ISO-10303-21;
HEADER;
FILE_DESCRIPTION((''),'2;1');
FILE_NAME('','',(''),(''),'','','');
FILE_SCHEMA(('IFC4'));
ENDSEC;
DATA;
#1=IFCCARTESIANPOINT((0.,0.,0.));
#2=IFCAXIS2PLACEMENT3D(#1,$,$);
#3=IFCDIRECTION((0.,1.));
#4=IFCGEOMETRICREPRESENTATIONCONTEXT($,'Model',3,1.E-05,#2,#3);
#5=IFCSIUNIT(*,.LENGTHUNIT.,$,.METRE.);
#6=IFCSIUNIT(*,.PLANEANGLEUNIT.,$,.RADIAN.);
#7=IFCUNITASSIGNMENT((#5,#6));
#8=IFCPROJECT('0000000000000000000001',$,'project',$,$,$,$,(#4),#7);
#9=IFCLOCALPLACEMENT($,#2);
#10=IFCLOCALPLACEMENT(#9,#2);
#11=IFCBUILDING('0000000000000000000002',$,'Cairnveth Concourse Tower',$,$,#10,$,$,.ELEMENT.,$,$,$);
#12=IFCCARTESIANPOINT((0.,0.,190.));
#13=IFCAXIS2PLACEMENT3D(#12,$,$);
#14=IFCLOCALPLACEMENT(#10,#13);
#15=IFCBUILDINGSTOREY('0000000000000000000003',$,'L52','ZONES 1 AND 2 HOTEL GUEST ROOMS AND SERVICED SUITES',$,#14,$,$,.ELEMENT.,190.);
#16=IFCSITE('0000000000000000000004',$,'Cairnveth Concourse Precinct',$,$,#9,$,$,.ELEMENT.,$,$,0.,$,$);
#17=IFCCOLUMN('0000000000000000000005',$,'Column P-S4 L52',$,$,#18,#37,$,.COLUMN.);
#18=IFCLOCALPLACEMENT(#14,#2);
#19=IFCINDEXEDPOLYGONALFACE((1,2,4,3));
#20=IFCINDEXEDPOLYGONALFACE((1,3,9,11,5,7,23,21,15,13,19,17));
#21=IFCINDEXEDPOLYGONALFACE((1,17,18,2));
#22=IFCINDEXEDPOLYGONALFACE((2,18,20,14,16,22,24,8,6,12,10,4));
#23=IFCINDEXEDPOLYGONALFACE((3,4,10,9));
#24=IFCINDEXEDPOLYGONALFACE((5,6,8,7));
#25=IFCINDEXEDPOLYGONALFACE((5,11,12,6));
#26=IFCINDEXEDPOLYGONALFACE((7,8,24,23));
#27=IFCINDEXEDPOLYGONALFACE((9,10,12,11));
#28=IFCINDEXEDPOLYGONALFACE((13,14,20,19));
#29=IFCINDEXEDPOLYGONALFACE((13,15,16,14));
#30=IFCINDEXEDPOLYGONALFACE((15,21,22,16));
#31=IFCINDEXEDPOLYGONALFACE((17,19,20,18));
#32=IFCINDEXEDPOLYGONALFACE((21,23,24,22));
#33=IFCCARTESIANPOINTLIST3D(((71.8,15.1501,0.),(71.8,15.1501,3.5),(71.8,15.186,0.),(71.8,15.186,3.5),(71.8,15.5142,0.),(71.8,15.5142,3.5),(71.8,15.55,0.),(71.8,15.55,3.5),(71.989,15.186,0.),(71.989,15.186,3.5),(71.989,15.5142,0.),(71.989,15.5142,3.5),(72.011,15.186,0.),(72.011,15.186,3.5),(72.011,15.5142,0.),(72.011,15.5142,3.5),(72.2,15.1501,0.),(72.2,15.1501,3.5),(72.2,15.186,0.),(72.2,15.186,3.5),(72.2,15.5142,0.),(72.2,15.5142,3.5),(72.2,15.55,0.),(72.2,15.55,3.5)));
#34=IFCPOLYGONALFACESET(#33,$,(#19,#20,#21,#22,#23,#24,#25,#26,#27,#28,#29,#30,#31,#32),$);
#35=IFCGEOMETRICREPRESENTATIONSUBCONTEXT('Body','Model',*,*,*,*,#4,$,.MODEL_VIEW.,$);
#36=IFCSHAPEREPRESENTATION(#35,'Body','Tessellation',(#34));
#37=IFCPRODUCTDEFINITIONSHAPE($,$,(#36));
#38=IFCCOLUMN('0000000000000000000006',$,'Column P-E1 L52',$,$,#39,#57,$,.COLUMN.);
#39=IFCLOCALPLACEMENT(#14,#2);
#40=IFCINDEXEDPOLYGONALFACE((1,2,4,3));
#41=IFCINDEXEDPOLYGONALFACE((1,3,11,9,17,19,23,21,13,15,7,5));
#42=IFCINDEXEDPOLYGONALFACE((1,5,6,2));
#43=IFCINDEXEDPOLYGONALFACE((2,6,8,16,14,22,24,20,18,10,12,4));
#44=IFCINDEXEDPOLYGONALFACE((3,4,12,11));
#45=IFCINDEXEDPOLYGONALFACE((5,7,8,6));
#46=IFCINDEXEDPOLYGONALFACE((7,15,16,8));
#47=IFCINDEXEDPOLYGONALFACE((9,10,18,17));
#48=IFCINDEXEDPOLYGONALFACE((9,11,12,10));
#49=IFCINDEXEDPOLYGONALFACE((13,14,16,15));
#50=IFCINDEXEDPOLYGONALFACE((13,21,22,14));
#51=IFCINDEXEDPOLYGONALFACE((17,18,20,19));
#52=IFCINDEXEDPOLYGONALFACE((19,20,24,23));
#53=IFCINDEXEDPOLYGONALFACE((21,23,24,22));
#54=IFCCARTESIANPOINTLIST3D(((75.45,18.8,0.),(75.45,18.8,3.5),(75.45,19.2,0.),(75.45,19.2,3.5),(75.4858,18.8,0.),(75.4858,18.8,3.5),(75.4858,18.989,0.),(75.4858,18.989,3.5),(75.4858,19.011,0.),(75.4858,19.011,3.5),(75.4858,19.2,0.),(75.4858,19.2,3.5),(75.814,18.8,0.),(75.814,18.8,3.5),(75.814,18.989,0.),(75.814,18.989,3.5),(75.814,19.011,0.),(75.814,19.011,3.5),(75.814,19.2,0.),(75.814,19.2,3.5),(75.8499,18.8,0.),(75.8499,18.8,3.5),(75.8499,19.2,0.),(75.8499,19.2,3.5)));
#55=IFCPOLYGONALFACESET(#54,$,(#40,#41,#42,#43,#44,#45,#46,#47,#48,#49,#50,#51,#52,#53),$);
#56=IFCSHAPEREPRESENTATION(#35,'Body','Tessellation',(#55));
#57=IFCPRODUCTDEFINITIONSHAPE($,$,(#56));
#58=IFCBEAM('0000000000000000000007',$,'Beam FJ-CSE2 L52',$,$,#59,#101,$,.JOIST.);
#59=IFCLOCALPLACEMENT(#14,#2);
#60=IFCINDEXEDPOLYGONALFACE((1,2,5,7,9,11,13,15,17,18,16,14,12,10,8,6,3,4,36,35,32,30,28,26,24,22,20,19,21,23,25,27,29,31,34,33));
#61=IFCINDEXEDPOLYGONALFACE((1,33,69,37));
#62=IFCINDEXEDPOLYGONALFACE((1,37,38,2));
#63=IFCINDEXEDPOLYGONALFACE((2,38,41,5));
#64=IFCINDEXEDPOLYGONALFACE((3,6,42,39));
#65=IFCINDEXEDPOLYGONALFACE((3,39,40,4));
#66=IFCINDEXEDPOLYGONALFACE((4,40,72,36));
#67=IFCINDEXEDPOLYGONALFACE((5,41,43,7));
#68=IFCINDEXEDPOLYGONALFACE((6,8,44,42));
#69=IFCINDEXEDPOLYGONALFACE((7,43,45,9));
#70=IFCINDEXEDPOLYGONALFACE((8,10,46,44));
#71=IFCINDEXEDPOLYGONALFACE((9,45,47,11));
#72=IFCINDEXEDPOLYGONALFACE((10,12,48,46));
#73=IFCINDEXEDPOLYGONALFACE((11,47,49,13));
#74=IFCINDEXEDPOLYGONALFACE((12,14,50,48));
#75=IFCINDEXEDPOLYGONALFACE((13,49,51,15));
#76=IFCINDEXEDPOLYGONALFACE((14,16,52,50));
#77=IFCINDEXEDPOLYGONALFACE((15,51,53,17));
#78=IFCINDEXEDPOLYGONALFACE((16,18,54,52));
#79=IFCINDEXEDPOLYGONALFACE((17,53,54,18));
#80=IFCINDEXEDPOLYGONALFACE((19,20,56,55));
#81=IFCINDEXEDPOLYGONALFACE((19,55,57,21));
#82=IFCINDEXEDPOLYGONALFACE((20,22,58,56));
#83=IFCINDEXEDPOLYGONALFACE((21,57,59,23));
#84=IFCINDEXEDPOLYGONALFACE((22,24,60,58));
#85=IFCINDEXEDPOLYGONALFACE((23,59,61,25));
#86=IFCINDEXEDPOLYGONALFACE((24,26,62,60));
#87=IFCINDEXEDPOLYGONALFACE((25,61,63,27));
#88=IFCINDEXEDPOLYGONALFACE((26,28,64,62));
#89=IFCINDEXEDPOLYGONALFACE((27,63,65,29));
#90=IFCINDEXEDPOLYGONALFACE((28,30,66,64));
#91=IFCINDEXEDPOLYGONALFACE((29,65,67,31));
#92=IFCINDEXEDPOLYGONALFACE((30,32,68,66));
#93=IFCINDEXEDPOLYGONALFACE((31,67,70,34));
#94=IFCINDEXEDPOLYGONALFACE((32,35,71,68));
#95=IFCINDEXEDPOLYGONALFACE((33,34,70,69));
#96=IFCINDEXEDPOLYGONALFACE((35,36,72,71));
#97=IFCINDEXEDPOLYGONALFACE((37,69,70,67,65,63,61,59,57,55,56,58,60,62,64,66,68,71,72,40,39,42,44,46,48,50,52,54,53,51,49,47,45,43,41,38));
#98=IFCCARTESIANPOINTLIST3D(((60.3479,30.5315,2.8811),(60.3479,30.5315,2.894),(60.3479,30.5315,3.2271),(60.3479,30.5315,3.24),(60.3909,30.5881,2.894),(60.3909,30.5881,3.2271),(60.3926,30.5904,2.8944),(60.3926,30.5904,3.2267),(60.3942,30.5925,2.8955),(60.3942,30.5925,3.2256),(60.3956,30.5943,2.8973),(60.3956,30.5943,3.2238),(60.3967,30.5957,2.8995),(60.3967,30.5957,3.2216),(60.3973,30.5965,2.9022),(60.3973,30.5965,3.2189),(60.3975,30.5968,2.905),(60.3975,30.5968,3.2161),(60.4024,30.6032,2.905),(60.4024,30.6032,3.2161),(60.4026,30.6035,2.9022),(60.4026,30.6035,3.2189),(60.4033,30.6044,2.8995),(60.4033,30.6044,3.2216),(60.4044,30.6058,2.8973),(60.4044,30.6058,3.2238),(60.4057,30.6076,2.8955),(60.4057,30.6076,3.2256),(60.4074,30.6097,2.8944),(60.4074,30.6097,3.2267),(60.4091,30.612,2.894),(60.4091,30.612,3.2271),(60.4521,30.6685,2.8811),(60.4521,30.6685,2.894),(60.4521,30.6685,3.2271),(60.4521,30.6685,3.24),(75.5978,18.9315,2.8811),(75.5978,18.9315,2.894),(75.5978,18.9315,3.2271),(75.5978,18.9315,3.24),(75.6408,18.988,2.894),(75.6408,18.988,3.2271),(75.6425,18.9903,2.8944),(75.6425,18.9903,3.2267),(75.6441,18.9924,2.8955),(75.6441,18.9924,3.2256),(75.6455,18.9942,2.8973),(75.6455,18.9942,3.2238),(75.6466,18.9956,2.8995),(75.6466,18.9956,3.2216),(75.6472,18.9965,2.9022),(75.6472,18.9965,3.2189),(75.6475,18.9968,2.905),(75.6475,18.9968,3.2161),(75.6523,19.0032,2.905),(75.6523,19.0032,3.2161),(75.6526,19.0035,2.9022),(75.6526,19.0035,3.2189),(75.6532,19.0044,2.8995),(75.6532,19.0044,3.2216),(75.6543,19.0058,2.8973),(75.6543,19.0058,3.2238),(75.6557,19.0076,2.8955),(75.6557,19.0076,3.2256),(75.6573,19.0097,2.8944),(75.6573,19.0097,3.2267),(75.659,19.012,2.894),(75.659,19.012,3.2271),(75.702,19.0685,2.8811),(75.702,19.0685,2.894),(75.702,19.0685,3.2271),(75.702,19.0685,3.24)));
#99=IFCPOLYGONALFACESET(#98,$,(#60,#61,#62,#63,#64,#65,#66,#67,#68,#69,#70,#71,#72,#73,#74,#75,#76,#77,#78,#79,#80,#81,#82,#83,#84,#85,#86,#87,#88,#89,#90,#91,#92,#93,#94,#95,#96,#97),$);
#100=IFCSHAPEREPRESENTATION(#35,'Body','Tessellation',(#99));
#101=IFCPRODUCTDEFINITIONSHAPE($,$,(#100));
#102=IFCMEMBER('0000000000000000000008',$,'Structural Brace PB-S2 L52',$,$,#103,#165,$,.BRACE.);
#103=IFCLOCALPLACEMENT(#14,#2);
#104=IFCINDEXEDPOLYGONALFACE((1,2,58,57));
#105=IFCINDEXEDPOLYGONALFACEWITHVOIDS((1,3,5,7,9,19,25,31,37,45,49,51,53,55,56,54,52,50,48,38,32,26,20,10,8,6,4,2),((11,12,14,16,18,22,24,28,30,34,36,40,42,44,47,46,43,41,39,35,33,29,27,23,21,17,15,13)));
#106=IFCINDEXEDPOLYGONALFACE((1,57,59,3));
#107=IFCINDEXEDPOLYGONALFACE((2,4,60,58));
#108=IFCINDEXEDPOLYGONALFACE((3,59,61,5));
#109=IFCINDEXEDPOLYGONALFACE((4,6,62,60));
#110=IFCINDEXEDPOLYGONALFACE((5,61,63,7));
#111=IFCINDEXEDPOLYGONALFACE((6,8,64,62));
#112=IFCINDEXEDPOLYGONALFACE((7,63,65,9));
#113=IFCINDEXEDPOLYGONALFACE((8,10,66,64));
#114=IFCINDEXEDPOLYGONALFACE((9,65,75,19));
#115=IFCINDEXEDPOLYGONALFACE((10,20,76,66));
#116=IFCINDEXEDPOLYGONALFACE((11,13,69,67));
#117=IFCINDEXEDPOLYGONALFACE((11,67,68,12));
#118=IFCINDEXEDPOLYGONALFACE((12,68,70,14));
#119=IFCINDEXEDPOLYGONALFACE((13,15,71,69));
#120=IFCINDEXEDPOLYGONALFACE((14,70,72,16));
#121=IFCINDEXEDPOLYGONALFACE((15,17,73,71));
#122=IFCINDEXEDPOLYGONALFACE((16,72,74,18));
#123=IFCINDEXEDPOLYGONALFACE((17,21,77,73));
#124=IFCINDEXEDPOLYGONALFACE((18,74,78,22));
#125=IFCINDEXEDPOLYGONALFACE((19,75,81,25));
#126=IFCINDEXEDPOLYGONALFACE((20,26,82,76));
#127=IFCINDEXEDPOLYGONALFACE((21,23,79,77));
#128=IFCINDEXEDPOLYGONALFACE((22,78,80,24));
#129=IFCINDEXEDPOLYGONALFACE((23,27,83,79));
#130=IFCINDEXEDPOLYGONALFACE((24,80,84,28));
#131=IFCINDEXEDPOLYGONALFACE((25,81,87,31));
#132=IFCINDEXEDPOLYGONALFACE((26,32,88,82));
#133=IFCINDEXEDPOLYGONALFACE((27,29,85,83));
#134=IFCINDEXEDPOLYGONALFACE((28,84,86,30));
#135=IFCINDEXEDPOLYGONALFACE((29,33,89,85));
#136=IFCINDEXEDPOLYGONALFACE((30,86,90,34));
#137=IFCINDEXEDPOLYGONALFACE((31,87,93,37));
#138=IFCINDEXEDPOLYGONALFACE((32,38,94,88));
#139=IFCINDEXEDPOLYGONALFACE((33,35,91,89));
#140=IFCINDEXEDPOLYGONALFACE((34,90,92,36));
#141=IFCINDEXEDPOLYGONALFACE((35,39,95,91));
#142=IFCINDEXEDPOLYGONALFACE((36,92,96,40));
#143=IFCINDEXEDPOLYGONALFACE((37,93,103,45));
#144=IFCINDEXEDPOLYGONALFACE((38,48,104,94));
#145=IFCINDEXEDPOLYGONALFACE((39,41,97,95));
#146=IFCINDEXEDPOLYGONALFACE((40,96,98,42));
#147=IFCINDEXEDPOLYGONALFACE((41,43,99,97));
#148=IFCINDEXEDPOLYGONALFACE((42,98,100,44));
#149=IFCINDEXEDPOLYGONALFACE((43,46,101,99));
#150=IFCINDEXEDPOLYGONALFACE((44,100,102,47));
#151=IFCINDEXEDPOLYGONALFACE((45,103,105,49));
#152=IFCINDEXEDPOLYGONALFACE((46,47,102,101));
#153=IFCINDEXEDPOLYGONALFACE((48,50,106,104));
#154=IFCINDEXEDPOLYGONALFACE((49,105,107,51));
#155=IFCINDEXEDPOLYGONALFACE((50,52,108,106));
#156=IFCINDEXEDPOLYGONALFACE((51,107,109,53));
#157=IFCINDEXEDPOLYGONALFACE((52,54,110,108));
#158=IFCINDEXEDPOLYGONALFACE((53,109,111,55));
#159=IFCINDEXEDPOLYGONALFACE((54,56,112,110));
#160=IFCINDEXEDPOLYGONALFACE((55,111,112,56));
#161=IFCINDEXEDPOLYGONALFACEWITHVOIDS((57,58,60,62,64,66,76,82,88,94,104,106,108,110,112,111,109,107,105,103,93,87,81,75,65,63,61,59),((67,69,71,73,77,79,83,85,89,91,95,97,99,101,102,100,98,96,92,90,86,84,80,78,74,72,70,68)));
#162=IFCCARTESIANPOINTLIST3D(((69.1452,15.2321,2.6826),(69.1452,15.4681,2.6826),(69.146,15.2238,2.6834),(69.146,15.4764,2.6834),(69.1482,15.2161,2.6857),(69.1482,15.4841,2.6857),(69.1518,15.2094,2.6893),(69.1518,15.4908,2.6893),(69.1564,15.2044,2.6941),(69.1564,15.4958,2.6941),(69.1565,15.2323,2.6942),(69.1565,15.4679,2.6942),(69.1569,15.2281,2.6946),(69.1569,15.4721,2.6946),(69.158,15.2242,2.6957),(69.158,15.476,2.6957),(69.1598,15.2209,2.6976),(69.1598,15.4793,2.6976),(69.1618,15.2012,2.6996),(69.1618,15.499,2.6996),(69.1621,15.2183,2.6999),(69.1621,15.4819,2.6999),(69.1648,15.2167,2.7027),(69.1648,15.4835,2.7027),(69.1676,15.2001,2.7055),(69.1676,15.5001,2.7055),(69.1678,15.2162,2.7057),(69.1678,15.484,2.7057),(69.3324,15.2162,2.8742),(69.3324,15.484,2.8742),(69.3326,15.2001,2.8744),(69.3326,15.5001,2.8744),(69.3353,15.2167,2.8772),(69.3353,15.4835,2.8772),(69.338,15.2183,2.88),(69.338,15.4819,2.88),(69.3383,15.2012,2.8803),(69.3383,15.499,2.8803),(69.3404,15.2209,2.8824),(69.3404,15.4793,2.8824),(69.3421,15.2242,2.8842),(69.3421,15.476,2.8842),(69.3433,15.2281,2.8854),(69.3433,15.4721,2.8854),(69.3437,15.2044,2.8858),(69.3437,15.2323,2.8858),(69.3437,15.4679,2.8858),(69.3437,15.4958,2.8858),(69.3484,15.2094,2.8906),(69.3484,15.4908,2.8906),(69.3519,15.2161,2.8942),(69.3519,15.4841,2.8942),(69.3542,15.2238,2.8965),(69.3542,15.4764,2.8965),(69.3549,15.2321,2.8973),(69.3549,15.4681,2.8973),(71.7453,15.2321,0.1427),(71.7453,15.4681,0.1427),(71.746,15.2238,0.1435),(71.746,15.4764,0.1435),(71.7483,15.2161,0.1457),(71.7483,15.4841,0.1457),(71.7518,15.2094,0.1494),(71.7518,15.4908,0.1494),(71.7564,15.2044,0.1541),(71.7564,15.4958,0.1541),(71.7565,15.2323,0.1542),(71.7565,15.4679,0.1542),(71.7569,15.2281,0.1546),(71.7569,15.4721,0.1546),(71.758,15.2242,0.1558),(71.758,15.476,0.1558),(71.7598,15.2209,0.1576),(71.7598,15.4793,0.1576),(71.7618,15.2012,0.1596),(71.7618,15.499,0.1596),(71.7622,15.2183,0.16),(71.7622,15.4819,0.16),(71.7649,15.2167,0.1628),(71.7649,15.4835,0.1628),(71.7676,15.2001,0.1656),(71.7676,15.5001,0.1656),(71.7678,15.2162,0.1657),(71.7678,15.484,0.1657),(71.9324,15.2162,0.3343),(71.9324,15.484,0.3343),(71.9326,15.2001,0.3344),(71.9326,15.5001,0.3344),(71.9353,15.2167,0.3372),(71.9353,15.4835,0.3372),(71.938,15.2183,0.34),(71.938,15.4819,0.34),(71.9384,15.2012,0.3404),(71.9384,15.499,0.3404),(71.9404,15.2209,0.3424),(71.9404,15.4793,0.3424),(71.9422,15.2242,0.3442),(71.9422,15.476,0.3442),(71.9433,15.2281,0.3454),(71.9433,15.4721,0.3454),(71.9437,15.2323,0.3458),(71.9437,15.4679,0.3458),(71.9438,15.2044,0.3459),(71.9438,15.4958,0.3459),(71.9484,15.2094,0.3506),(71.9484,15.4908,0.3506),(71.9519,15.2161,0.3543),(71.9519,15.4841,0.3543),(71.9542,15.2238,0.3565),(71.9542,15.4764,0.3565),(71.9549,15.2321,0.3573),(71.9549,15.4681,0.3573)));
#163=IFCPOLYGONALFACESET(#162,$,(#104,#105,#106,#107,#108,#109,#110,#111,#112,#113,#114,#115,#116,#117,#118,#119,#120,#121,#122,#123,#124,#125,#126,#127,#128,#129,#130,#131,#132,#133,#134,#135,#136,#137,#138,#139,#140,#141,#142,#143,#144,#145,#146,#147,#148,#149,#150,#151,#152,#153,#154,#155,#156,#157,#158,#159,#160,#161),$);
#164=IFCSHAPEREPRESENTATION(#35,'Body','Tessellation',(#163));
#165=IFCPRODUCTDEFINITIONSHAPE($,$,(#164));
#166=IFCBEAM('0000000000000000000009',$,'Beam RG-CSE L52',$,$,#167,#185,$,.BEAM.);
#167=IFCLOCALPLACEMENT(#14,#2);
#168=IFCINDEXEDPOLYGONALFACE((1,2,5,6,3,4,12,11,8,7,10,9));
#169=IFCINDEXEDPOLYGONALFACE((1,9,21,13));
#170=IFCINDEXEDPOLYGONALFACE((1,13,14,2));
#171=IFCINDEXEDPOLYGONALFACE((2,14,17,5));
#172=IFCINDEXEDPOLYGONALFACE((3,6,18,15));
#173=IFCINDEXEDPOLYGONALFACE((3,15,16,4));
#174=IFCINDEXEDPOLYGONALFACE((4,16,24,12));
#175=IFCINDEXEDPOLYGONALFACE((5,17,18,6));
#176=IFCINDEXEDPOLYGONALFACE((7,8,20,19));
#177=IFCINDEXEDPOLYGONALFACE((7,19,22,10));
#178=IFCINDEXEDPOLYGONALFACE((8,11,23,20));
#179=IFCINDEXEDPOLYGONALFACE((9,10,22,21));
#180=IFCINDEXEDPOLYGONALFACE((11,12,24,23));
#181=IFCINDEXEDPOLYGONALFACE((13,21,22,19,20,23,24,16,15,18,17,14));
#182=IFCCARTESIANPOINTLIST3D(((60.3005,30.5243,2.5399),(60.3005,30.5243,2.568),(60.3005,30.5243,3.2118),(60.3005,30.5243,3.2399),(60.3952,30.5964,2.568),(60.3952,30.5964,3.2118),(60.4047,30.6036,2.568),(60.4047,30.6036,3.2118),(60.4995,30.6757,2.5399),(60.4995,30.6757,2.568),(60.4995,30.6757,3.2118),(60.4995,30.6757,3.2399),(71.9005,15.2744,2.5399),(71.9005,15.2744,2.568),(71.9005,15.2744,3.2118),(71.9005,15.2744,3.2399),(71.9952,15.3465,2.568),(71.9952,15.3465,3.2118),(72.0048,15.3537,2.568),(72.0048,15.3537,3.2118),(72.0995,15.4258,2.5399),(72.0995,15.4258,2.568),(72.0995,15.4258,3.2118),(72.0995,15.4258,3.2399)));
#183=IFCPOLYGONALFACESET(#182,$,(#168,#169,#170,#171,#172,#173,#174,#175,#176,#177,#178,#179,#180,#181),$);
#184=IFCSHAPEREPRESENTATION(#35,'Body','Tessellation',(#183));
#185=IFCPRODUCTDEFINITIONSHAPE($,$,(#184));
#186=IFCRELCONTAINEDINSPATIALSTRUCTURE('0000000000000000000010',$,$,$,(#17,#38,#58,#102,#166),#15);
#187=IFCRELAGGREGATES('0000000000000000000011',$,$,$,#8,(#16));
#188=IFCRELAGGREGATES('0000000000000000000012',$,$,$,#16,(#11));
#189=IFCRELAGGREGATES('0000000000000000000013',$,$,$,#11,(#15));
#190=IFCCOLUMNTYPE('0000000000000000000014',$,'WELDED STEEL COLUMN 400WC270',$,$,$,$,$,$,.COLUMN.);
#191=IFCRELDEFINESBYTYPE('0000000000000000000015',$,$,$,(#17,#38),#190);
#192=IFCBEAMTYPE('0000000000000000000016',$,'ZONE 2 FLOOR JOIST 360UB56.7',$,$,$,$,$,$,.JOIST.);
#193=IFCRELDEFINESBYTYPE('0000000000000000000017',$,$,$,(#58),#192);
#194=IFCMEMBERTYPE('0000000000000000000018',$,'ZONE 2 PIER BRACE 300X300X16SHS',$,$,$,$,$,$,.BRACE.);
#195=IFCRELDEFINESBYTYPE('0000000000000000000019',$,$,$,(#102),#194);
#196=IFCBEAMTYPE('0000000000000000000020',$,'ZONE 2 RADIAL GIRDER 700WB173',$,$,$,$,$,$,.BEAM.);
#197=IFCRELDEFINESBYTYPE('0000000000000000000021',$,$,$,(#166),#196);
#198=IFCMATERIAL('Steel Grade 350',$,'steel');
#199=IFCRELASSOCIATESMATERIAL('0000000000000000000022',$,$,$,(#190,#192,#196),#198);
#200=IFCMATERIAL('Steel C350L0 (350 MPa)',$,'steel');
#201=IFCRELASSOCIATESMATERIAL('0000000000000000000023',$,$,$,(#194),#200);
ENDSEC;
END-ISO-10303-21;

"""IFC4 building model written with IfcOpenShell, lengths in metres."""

from ifc_helpers import new_model, si_unit, direction, frame, origin, origin_2d, place, context, subcontext, project, spatial, hollow_rectangle, i_section, extrude, material, material_profile, profile_set, type_object, element, save


model = new_model("IFC4")

# Units and contexts
model_context = context("Model", 3, precision=1e-05, world=origin(), true_north=direction((0.0, 1.0)))
body_context = subcontext(model_context, "Body", "Model", "MODEL_VIEW")
ifc_project = project(units=[si_unit("LENGTHUNIT", "METRE"), si_unit("PLANEANGLEUNIT", "RADIAN")], contexts=[model_context])

# Site, building, storey
site_placement = place(None, origin())
site = spatial("IfcSite", under=ifc_project, at=site_placement, Name="Cairnveth Concourse Precinct", CompositionType="ELEMENT", RefElevation=0.0)
building_placement = place(site_placement, origin())
building = spatial("IfcBuilding", under=site, at=building_placement, Name="Cairnveth Concourse Tower", CompositionType="ELEMENT")
storey_placement = place(building_placement, frame((0.0, 0.0, 190.0)))
storey = spatial("IfcBuildingStorey", under=building, at=storey_placement, Name="L52", Description="ZONES 1 AND 2 HOTEL GUEST ROOMS AND SERVICED SUITES", CompositionType="ELEMENT", Elevation=190.0)

# Columns
ifc_material_1 = material(Name="Steel Grade 350", Category="steel")
ifc_material_profile_1 = material_profile(ifc_material_1, i_section(OverallWidth=0.3999, OverallDepth=0.3999, WebThickness=0.022, FlangeThickness=0.0359, at=origin_2d()), Name="400WC270")
ifc_profile_set_1 = profile_set([ifc_material_profile_1], Name="Steel Grade 350")
column_type = type_object("IfcColumnType", Name="WELDED STEEL COLUMN 400WC270", PredefinedType="COLUMN", material=ifc_profile_set_1)
for number, where, z_axis, x_axis, name in (
    (1, (72.0, 15.3501, 0.0), (0.0, 0.0, 1.0), (1.0, 0.0, 0.0), "Column P-S4 L52"),
    (2, (75.6499, 19.0, 0.0), (0.0, 0.0, 1.0), (0.0, 1.0, 0.0), "Column P-E1 L52"),
):
    element("IfcColumn", number, at=place(storey_placement, frame(where, z_axis=z_axis, x_axis=x_axis)), inside=storey, type_object=column_type, Name=name, PredefinedType="COLUMN", context=body_context, shape_type="SweptSolid", body=[
        extrude(i_section(OverallWidth=0.3999, OverallDepth=0.3999, WebThickness=0.022, FlangeThickness=0.0359, at=origin_2d()), origin(), (0.0, 0.0, 1.0), 3.5),
    ])

# Beam
ifc_material_profile_2 = material_profile(ifc_material_1, i_section(OverallWidth=0.1721, OverallDepth=0.3589, WebThickness=0.0081, FlangeThickness=0.0129, FilletRadius=0.011, at=origin_2d()), Name="360UB56.7")
ifc_profile_set_2 = profile_set([ifc_material_profile_2], Name="Steel Grade 350")
beam_type_1 = type_object("IfcBeamType", Name="ZONE 2 FLOOR JOIST 360UB56.7", PredefinedType="JOIST", material=ifc_profile_set_2)
beam_1_placement = place(storey_placement, frame((75.6499, 19.0, 3.0605), z_axis=(-0.795908, 0.605417, 0.0), x_axis=(-0.605417, -0.795908, 0.0)))
element("IfcBeam", 3, at=beam_1_placement, inside=storey, type_object=beam_type_1, Name="Beam FJ-CSE2 L52", PredefinedType="JOIST", context=body_context, shape_type="SweptSolid", body=[
    extrude(i_section(OverallWidth=0.1721, OverallDepth=0.3589, WebThickness=0.0081, FlangeThickness=0.0129, FilletRadius=0.011, at=origin_2d()), origin(), (0.0, 0.0, 1.0), 19.1604),
])

# Member
ifc_material_2 = material(Name="Steel C350L0 (350 MPa)", Category="steel")
ifc_material_profile_3 = material_profile(ifc_material_2, hollow_rectangle(XDim=0.3, YDim=0.3, WallThickness=0.0161, InnerFilletRadius=0.0161, OuterFilletRadius=0.032, at=origin_2d()), Name="300x300x16.0SHS")
ifc_profile_set_3 = profile_set([ifc_material_profile_3], Name="Steel C350L0 (350 MPa)")
member_type = type_object("IfcMemberType", Name="ZONE 2 PIER BRACE 300X300X16SHS", PredefinedType="BRACE", material=ifc_profile_set_3)
member_placement = place(storey_placement, frame((71.8501, 15.3501, 0.25), z_axis=(-0.71532, 0.0, 0.698797), x_axis=(0.0, -1.0, 0.0)))
element("IfcMember", 4, at=member_placement, inside=storey, type_object=member_type, Name="Structural Brace PB-S2 L52", PredefinedType="BRACE", context=body_context, shape_type="SweptSolid", body=[
    extrude(hollow_rectangle(XDim=0.3, YDim=0.3, WallThickness=0.0161, InnerFilletRadius=0.0161, OuterFilletRadius=0.032, at=origin_2d()), origin(), (0.0, 0.0, 1.0), 3.6348),
])

# Beam
ifc_material_profile_4 = material_profile(ifc_material_1, i_section(OverallWidth=0.25, OverallDepth=0.7, WebThickness=0.012, FlangeThickness=0.0281, at=origin_2d()), Name="700WB173")
ifc_profile_set_4 = profile_set([ifc_material_profile_4], Name="Steel Grade 350")
beam_type_2 = type_object("IfcBeamType", Name="ZONE 2 RADIAL GIRDER 700WB173", PredefinedType="BEAM", material=ifc_profile_set_4)
beam_2_placement = place(storey_placement, frame((72.0, 15.3501, 2.8899), z_axis=(-0.605417, 0.795908, 0.0), x_axis=(-0.795908, -0.605417, 0.0)))
element("IfcBeam", 5, at=beam_2_placement, inside=storey, type_object=beam_type_2, Name="Beam RG-CSE L52", PredefinedType="BEAM", context=body_context, shape_type="SweptSolid", body=[
    extrude(i_section(OverallWidth=0.25, OverallDepth=0.7, WebThickness=0.012, FlangeThickness=0.0281, at=origin_2d()), origin(), (0.0, 0.0, 1.0), 19.1604),
])

save(model, "model.ifc")
